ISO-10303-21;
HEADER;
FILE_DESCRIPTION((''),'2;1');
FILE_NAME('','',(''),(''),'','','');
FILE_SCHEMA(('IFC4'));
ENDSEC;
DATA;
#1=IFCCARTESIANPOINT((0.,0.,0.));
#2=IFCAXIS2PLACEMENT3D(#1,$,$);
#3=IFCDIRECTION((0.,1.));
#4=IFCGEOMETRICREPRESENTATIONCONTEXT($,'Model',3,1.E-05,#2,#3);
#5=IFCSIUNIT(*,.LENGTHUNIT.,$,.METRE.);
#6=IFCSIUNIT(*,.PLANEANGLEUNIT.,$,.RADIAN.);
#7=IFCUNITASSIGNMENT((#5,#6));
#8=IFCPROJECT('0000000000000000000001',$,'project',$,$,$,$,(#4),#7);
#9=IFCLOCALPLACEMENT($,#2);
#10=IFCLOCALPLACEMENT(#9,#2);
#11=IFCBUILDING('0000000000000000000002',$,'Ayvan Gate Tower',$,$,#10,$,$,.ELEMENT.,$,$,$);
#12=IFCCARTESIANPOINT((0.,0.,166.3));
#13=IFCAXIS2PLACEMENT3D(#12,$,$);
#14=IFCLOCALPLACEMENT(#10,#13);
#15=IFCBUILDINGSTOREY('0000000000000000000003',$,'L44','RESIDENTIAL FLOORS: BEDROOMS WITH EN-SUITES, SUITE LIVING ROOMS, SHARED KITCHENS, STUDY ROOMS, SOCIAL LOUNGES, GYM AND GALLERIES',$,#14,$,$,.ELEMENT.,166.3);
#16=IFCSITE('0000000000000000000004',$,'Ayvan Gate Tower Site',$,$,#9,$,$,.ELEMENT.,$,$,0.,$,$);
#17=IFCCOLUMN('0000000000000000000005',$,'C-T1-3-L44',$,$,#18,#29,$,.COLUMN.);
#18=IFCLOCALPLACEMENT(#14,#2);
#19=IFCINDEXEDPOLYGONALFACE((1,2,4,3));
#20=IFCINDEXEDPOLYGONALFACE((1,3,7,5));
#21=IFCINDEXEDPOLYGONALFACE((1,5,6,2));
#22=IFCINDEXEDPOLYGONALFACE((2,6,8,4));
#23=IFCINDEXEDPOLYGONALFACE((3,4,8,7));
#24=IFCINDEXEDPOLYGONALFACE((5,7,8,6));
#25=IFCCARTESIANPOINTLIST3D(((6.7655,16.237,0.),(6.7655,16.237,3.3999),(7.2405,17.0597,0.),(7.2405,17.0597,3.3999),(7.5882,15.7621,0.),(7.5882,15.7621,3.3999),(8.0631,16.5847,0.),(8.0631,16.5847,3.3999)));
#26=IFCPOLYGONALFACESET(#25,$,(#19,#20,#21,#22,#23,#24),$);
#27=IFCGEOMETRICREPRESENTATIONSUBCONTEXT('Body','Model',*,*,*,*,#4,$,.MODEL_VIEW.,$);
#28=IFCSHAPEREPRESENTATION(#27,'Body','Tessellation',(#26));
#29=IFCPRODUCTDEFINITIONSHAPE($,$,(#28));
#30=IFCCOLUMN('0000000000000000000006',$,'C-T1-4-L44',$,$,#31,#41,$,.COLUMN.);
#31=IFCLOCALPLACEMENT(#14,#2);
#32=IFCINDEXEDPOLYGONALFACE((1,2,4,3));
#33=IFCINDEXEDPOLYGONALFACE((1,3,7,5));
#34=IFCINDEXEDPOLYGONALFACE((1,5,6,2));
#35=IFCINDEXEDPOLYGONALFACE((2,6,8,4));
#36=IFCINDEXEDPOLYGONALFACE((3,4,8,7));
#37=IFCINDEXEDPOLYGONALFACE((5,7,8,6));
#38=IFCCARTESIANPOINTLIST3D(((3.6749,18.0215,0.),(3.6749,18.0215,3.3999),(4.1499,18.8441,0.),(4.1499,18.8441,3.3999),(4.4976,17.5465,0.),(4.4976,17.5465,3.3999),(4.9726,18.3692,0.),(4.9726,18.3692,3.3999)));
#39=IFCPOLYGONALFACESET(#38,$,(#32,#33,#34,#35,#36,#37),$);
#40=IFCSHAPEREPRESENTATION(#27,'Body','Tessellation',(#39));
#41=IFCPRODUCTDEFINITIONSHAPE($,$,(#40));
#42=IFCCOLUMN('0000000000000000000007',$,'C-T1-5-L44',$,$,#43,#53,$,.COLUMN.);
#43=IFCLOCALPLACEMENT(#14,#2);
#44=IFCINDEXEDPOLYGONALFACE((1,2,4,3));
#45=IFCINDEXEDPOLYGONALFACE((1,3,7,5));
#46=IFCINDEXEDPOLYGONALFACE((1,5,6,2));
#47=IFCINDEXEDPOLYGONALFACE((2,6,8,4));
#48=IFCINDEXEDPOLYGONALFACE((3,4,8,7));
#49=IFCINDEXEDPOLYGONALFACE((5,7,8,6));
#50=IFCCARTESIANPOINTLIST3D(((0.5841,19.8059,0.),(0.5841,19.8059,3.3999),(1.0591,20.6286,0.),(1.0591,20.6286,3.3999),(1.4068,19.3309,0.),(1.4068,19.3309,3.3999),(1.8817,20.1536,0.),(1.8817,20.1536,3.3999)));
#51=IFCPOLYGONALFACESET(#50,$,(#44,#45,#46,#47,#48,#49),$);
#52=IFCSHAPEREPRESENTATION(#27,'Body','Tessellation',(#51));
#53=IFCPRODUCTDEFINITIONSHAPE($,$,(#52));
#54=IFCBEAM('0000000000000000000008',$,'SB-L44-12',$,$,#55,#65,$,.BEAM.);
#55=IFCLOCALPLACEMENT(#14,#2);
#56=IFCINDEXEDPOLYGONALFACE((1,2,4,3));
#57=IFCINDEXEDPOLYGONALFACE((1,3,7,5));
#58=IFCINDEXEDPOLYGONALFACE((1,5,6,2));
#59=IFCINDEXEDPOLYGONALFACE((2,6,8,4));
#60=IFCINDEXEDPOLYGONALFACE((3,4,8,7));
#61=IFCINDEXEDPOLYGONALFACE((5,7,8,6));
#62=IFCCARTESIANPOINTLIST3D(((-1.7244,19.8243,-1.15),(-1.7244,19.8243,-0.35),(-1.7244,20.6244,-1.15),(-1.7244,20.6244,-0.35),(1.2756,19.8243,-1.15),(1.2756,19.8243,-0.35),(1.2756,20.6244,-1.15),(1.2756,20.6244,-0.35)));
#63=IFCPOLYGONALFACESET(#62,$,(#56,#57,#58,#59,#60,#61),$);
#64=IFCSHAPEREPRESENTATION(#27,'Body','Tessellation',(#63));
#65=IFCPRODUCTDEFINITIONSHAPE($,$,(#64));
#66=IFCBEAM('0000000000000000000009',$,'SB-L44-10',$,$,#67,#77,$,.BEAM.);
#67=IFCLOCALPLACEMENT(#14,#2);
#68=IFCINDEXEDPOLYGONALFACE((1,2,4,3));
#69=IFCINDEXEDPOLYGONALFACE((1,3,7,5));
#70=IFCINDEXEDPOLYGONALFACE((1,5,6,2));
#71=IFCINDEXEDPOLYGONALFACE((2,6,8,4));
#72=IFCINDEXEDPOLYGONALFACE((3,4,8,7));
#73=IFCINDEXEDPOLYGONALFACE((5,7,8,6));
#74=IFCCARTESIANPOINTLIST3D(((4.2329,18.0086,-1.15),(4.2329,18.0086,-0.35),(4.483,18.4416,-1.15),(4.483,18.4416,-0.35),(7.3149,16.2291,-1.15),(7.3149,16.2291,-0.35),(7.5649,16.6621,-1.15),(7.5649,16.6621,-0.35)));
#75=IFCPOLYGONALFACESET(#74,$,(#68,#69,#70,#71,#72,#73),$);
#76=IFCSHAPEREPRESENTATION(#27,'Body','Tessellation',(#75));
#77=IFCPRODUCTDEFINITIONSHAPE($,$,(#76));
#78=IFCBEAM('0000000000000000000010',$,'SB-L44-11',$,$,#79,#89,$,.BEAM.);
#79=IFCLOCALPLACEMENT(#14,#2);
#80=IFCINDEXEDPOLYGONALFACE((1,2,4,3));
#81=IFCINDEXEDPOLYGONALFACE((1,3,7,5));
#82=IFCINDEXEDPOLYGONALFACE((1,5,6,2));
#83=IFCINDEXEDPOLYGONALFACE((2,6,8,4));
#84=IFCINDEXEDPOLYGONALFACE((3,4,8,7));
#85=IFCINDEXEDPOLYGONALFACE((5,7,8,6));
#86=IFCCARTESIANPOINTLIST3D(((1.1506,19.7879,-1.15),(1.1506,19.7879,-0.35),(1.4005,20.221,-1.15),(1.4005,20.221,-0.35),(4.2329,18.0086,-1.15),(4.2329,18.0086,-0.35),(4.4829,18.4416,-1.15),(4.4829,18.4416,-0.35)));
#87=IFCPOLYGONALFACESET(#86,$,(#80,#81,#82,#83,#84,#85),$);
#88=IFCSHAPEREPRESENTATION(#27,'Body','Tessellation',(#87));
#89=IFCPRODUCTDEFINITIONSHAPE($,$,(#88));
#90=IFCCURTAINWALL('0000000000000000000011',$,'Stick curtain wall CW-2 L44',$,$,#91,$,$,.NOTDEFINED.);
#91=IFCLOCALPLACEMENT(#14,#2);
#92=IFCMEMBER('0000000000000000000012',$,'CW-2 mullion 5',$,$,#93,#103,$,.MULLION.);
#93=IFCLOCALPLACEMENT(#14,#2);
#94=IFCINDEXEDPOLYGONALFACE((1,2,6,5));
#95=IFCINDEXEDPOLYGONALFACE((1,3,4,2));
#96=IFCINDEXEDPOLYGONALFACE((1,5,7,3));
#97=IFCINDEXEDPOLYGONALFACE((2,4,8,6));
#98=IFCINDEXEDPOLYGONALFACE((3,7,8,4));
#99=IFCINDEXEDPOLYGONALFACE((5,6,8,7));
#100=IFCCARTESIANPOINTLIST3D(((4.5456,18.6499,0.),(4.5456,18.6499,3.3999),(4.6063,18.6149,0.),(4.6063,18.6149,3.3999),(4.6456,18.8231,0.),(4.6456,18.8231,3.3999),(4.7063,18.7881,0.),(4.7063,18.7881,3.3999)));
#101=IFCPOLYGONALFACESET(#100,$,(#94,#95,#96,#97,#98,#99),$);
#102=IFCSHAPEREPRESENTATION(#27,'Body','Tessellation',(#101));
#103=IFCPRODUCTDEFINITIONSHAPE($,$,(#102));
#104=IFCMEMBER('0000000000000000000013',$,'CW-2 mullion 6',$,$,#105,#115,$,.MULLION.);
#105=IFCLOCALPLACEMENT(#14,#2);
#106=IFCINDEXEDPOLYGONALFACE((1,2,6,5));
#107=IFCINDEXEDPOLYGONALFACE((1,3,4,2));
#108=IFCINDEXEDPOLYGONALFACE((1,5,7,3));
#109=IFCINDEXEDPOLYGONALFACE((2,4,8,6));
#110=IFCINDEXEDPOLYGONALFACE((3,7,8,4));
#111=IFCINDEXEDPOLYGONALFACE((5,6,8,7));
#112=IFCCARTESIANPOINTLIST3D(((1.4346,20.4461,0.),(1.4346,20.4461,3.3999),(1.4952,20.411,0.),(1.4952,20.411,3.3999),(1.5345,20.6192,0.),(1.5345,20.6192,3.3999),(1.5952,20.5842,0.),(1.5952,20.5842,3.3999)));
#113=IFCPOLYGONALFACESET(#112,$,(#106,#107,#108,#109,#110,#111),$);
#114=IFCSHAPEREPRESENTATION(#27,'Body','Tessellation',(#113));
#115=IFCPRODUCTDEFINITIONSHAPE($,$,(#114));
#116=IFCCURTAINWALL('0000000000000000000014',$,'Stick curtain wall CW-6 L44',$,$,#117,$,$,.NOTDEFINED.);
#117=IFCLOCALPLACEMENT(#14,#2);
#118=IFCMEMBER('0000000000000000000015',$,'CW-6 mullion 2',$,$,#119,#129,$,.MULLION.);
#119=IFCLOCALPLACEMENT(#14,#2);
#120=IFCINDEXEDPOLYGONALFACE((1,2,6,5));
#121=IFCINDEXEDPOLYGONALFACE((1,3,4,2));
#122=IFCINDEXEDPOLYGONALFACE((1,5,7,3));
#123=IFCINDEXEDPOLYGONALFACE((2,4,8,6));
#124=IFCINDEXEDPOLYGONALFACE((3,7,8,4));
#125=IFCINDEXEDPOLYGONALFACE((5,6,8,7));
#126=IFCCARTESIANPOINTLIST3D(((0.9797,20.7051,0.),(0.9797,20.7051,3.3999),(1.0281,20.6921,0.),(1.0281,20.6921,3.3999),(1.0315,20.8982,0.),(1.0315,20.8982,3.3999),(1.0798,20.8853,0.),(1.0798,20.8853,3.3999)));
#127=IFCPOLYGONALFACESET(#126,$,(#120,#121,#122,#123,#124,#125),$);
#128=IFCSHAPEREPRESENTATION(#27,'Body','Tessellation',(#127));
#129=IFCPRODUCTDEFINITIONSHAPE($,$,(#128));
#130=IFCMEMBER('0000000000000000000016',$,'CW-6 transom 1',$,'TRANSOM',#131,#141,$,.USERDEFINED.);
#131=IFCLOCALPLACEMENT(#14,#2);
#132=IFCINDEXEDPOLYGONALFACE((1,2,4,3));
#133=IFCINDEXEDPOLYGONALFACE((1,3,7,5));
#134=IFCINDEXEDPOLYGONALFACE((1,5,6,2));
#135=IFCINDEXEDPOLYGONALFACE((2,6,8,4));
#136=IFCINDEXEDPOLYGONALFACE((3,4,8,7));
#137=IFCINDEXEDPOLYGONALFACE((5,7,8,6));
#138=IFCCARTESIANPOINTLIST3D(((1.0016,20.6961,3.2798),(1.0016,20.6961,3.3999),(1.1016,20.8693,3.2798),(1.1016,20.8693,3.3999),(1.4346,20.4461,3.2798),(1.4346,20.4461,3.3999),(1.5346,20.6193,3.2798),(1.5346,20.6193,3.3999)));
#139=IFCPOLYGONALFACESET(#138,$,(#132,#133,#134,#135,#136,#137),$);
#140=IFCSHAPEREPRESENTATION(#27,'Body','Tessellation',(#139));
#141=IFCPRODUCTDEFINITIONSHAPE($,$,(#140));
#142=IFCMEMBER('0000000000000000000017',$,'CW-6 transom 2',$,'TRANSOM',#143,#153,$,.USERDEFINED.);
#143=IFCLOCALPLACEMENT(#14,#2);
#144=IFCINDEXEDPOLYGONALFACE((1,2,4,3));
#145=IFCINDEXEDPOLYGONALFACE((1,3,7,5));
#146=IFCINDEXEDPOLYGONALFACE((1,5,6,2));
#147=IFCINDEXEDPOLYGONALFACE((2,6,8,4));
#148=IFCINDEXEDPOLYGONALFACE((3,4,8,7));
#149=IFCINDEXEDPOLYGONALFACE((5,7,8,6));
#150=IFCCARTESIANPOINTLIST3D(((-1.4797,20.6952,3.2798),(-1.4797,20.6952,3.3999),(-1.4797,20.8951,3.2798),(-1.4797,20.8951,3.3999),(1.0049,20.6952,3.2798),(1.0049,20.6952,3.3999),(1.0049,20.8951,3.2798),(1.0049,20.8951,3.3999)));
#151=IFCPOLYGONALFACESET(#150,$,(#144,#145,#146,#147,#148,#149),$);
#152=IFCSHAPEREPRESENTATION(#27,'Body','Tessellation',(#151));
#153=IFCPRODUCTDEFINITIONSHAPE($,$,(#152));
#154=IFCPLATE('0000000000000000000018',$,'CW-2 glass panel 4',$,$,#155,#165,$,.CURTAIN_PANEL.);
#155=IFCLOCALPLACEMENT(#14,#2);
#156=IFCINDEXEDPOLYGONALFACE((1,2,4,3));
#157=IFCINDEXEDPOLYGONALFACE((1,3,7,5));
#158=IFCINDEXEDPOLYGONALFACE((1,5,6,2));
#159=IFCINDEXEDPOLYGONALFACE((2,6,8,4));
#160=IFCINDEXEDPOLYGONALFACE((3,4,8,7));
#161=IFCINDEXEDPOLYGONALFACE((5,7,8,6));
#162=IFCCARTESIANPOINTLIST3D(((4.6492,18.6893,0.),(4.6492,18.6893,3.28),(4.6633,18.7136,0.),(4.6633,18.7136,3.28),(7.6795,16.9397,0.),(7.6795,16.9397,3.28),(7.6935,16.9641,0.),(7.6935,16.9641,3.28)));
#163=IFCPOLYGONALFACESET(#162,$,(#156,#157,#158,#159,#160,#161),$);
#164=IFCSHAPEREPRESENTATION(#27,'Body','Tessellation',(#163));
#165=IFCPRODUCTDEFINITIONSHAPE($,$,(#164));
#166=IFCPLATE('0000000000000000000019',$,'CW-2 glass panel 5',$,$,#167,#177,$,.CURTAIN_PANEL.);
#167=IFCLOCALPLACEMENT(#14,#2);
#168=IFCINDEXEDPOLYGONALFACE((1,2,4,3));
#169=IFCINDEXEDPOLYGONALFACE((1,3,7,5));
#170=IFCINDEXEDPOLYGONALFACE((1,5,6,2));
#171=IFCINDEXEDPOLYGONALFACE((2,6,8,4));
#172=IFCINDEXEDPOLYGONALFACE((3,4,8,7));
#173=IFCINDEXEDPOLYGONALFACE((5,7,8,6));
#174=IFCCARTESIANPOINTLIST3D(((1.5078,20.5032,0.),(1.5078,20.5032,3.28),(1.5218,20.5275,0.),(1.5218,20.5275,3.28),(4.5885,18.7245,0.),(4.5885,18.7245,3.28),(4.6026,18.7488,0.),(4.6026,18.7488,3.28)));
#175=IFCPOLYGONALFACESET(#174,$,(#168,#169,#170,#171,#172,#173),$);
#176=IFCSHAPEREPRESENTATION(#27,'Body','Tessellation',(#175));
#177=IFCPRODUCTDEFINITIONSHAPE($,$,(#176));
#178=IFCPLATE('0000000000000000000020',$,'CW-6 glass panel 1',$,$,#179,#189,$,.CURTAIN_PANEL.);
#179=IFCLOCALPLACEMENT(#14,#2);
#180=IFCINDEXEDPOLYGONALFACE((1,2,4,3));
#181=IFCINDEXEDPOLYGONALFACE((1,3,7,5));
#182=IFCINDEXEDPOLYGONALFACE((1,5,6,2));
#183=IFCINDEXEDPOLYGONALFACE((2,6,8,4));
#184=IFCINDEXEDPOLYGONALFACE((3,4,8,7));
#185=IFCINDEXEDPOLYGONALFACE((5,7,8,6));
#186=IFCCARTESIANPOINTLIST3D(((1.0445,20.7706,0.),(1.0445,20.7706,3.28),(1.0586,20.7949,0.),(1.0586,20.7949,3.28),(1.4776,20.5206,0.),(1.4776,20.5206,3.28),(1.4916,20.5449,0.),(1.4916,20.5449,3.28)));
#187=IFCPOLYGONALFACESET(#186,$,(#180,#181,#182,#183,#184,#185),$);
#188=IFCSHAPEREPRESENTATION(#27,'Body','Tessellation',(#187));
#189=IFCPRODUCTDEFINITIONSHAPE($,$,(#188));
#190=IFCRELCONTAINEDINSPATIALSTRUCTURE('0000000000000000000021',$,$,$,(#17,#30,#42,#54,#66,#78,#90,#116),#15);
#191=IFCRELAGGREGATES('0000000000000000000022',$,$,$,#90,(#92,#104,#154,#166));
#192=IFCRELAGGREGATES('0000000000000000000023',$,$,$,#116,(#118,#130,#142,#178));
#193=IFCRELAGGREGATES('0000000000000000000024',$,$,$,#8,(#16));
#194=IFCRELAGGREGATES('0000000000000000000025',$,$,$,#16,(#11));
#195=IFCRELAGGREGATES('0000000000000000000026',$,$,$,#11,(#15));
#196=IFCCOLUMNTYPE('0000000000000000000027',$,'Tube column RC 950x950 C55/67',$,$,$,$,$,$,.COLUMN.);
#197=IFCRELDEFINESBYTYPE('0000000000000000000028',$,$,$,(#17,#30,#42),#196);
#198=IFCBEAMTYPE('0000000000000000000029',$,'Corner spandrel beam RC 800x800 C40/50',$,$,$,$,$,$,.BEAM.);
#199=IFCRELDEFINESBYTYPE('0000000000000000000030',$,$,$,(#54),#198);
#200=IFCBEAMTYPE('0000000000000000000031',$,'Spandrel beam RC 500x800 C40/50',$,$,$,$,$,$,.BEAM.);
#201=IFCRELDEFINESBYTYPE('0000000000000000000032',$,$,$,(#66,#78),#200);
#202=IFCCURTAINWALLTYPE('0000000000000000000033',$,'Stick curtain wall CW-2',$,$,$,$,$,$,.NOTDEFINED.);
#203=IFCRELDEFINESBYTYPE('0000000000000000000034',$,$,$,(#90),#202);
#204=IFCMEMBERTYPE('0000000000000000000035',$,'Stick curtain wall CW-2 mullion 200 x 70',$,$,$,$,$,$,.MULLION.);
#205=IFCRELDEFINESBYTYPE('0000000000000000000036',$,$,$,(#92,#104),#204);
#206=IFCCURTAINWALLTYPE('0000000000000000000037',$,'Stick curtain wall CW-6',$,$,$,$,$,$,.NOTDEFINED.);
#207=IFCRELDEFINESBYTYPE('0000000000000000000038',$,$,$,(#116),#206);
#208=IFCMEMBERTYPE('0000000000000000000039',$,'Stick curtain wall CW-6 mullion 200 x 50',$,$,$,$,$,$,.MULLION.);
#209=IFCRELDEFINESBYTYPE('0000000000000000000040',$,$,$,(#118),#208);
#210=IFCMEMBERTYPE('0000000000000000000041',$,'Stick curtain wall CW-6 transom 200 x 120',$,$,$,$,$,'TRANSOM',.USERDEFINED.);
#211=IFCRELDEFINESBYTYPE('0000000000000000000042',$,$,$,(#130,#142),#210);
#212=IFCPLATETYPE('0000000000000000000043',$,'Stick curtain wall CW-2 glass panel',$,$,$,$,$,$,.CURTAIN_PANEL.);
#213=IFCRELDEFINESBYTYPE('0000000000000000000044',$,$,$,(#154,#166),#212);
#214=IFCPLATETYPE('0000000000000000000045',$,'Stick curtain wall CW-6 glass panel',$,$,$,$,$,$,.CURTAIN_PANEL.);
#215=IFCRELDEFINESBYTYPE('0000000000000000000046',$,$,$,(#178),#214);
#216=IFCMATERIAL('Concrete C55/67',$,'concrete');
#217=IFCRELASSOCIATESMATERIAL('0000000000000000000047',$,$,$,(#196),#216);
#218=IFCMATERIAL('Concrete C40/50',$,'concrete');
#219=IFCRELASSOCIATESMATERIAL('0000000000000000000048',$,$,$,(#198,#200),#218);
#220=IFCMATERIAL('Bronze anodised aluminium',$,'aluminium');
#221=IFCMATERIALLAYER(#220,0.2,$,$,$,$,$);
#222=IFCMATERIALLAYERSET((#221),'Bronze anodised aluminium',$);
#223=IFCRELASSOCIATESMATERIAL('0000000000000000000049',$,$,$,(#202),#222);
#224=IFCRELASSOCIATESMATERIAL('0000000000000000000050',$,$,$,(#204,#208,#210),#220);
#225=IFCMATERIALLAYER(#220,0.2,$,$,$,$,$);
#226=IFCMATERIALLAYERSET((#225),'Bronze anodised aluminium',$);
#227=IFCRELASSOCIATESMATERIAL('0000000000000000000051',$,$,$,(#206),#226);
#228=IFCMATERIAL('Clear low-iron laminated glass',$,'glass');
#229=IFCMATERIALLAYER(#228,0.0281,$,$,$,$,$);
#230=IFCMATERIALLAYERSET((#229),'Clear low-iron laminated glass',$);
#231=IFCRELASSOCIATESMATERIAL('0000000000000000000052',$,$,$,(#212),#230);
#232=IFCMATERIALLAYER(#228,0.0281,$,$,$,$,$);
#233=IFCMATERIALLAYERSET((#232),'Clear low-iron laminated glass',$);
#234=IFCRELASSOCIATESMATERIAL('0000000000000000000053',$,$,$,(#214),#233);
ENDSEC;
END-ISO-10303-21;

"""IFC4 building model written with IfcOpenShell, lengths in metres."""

from ifc_helpers import new_model, si_unit, direction, frame, origin, origin_2d, place, context, subcontext, project, spatial, rectangle, extrude, material, layer, layer_set, material_profile, profile_set, type_object, element, aggregate, save


model = new_model("IFC4")

# Units and contexts
model_context = context("Model", 3, precision=1e-05, world=origin(), true_north=direction((0.0, 1.0)))
body_context = subcontext(model_context, "Body", "Model", "MODEL_VIEW")
ifc_project = project(units=[si_unit("LENGTHUNIT", "METRE"), si_unit("PLANEANGLEUNIT", "RADIAN")], contexts=[model_context])

# Site, building, storey
site_placement = place(None, origin())
site = spatial("IfcSite", under=ifc_project, at=site_placement, Name="Ayvan Gate Tower Site", CompositionType="ELEMENT", RefElevation=0.0)
building_placement = place(site_placement, origin())
building = spatial("IfcBuilding", under=site, at=building_placement, Name="Ayvan Gate Tower", CompositionType="ELEMENT")
storey_placement = place(building_placement, frame((0.0, 0.0, 166.3)))
storey = spatial("IfcBuildingStorey", under=building, at=storey_placement, Name="L44", Description="RESIDENTIAL FLOORS: BEDROOMS WITH EN-SUITES, SUITE LIVING ROOMS, SHARED KITCHENS, STUDY ROOMS, SOCIAL LOUNGES, GYM AND GALLERIES", CompositionType="ELEMENT", Elevation=166.3)

# Columns
ifc_material_1 = material(Name="Concrete C55/67", Category="concrete")
ifc_material_profile_1 = material_profile(ifc_material_1, rectangle(XDim=0.95, YDim=0.95, at=origin_2d()), Name="RC 950x950")
ifc_profile_set_1 = profile_set([ifc_material_profile_1], Name="Concrete C55/67")
column_type = type_object("IfcColumnType", Name="Tube column RC 950x950 C55/67", PredefinedType="COLUMN", material=ifc_profile_set_1)
for number, where, z_axis, x_axis, name in (
    (1, (7.4143, 16.4109, 0.0), (0.0, 0.0, 1.0), (0.5, 0.866025, 0.0), "C-T1-3-L44"),
    (2, (4.3237, 18.1953, 0.0), (0.0, 0.0, 1.0), (0.5, 0.866025, 0.0), "C-T1-4-L44"),
    (3, (1.2329, 19.9797, 0.0), (0.0, 0.0, 1.0), (0.5, 0.866025, 0.0), "C-T1-5-L44"),
):
    element("IfcColumn", number, at=place(storey_placement, frame(where, z_axis=z_axis, x_axis=x_axis)), inside=storey, type_object=column_type, Name=name, PredefinedType="COLUMN", context=body_context, shape_type="SweptSolid", body=[
        extrude(rectangle(XDim=0.95, YDim=0.95, at=origin_2d()), origin(), (0.0, 0.0, 1.0), 3.3999),
    ])

# Beams
ifc_material_2 = material(Name="Concrete C40/50", Category="concrete")
ifc_material_profile_2 = material_profile(ifc_material_2, rectangle(XDim=0.8, YDim=0.8, at=origin_2d()), Name="RC 800x800")
ifc_profile_set_2 = profile_set([ifc_material_profile_2], Name="Concrete C40/50")
beam_type_1 = type_object("IfcBeamType", Name="Corner spandrel beam RC 800x800 C40/50", PredefinedType="BEAM", material=ifc_profile_set_2)
beam_1_placement = place(storey_placement, frame((1.2756, 20.2244, -0.75), z_axis=(-1.0, 0.0, 0.0), x_axis=(0.0, -1.0, 0.0)))
element("IfcBeam", 4, at=beam_1_placement, inside=storey, type_object=beam_type_1, Name="SB-L44-12", PredefinedType="BEAM", context=body_context, shape_type="SweptSolid", body=[
    extrude(rectangle(XDim=0.8, YDim=0.8, at=origin_2d()), origin(), (0.0, 0.0, 1.0), 3.0),
])
ifc_material_profile_3 = material_profile(ifc_material_2, rectangle(XDim=0.5, YDim=0.8, at=origin_2d()), Name="RC 500x800")
ifc_profile_set_3 = profile_set([ifc_material_profile_3], Name="Concrete C40/50")
beam_type_2 = type_object("IfcBeamType", Name="Spandrel beam RC 500x800 C40/50", PredefinedType="BEAM", material=ifc_profile_set_3)
beam_2_placement = place(storey_placement, frame((7.4399, 16.4456, -0.75), z_axis=(-0.86601, 0.500027, 0.0), x_axis=(-0.500027, -0.86601, 0.0)))
element("IfcBeam", 5, at=beam_2_placement, inside=storey, type_object=beam_type_2, Name="SB-L44-10", PredefinedType="BEAM", context=body_context, shape_type="SweptSolid", body=[
    extrude(rectangle(XDim=0.5, YDim=0.8, at=origin_2d()), origin(), (0.0, 0.0, 1.0), 3.5588),
])
beam_3_placement = place(storey_placement, frame((4.3579, 18.2251, -0.75), z_axis=(-0.866057, 0.499946, 0.0), x_axis=(-0.499946, -0.866057, 0.0)))
element("IfcBeam", 6, at=beam_3_placement, inside=storey, type_object=beam_type_2, Name="SB-L44-11", PredefinedType="BEAM", context=body_context, shape_type="SweptSolid", body=[
    extrude(rectangle(XDim=0.5, YDim=0.8, at=origin_2d()), origin(), (0.0, 0.0, 1.0), 3.5591),
])

# Curtain walls, members
ifc_material_3 = material(Name="Bronze anodised aluminium", Category="aluminium")
ifc_layer_1 = layer(ifc_material_3, 0.2)
ifc_layer_set_1 = layer_set([ifc_layer_1], Name="Bronze anodised aluminium")
curtain_wall_type_1 = type_object("IfcCurtainWallType", Name="Stick curtain wall CW-2", PredefinedType="NOTDEFINED", material=ifc_layer_set_1)
curtain_wall_1_placement = place(storey_placement, origin())
curtain_wall_1 = element("IfcCurtainWall", 7, at=curtain_wall_1_placement, inside=storey, type_object=curtain_wall_type_1, Name="Stick curtain wall CW-2 L44", PredefinedType="NOTDEFINED")
ifc_material_profile_4 = material_profile(ifc_material_3, rectangle(XDim=0.2, YDim=0.0701, at=origin_2d()), Name="Stick curtain wall CW-2 mullion 200 x 70")
ifc_profile_set_4 = profile_set([ifc_material_profile_4], Name="Bronze anodised aluminium")
member_type_1 = type_object("IfcMemberType", Name="Stick curtain wall CW-2 mullion 200 x 70", PredefinedType="MULLION", material=ifc_profile_set_4)
member_1_placement = place(storey_placement, frame((4.626, 18.719, 0.0), z_axis=(0.0, 0.0, 1.0), x_axis=(0.5, 0.866025, 0.0)))
member_1 = element("IfcMember", 8, at=member_1_placement, type_object=member_type_1, Name="CW-2 mullion 5", PredefinedType="MULLION", context=body_context, shape_type="SweptSolid", body=[
    extrude(rectangle(XDim=0.2, YDim=0.0701, at=origin_2d()), origin(), (0.0, 0.0, 1.0), 3.3999),
])
member_2_placement = place(storey_placement, frame((1.5149, 20.5151, 0.0), z_axis=(0.0, 0.0, 1.0), x_axis=(0.5, 0.866025, 0.0)))
member_2 = element("IfcMember", 9, at=member_2_placement, type_object=member_type_1, Name="CW-2 mullion 6", PredefinedType="MULLION", context=body_context, shape_type="SweptSolid", body=[
    extrude(rectangle(XDim=0.2, YDim=0.0701, at=origin_2d()), origin(), (0.0, 0.0, 1.0), 3.3999),
])
ifc_layer_2 = layer(ifc_material_3, 0.2)
ifc_layer_set_2 = layer_set([ifc_layer_2], Name="Bronze anodised aluminium")
curtain_wall_type_2 = type_object("IfcCurtainWallType", Name="Stick curtain wall CW-6", PredefinedType="NOTDEFINED", material=ifc_layer_set_2)
curtain_wall_2_placement = place(storey_placement, origin())
curtain_wall_2 = element("IfcCurtainWall", 10, at=curtain_wall_2_placement, inside=storey, type_object=curtain_wall_type_2, Name="Stick curtain wall CW-6 L44", PredefinedType="NOTDEFINED")
ifc_material_profile_5 = material_profile(ifc_material_3, rectangle(XDim=0.2, YDim=0.05, at=origin_2d()), Name="Stick curtain wall CW-6 mullion 200 x 50")
ifc_profile_set_5 = profile_set([ifc_material_profile_5], Name="Bronze anodised aluminium")
member_type_2 = type_object("IfcMemberType", Name="Stick curtain wall CW-6 mullion 200 x 50", PredefinedType="MULLION", material=ifc_profile_set_5)
member_3_placement = place(storey_placement, frame((1.0298, 20.7952, 0.0), z_axis=(0.0, 0.0, 1.0), x_axis=(0.258819, 0.965926, 0.0)))
member_3 = element("IfcMember", 11, at=member_3_placement, type_object=member_type_2, Name="CW-6 mullion 2", PredefinedType="MULLION", context=body_context, shape_type="SweptSolid", body=[
    extrude(rectangle(XDim=0.2, YDim=0.05, at=origin_2d()), origin(), (0.0, 0.0, 1.0), 3.3999),
])
ifc_material_profile_6 = material_profile(ifc_material_3, rectangle(XDim=0.2, YDim=0.1201, at=origin_2d()), Name="Stick curtain wall CW-6 transom 200 x 120")
ifc_profile_set_6 = profile_set([ifc_material_profile_6], Name="Bronze anodised aluminium")
member_type_3 = type_object("IfcMemberType", Name="Stick curtain wall CW-6 transom 200 x 120", ElementType="TRANSOM", PredefinedType="USERDEFINED", material=ifc_profile_set_6)
member_4_placement = place(storey_placement, frame((1.4846, 20.5327, 3.3398), z_axis=(-0.866072, 0.49992, 0.0), x_axis=(-0.49992, -0.866072, 0.0)))
member_4 = element("IfcMember", 12, at=member_4_placement, type_object=member_type_3, Name="CW-6 transom 1", ObjectType="TRANSOM", PredefinedType="USERDEFINED", context=body_context, shape_type="SweptSolid", body=[
    extrude(rectangle(XDim=0.2, YDim=0.1201, at=origin_2d()), origin(), (0.0, 0.0, 1.0), 0.5),
])
member_5_placement = place(storey_placement, frame((1.0049, 20.7952, 3.3398), z_axis=(-1.0, 0.0, 0.0), x_axis=(0.0, -1.0, 0.0)))
member_5 = element("IfcMember", 13, at=member_5_placement, type_object=member_type_3, Name="CW-6 transom 2", ObjectType="TRANSOM", PredefinedType="USERDEFINED", context=body_context, shape_type="SweptSolid", body=[
    extrude(rectangle(XDim=0.2, YDim=0.1201, at=origin_2d()), origin(), (0.0, 0.0, 1.0), 2.4846),
])

# Plates
ifc_material_4 = material(Name="Clear low-iron laminated glass", Category="glass")
ifc_layer_3 = layer(ifc_material_4, 0.0281)
ifc_layer_set_3 = layer_set([ifc_layer_3], Name="Clear low-iron laminated glass")
plate_type_1 = type_object("IfcPlateType", Name="Stick curtain wall CW-2 glass panel", PredefinedType="CURTAIN_PANEL", material=ifc_layer_set_3)
plate_1_placement = place(storey_placement, frame((6.1714, 17.8267, 0.0), z_axis=(0.0, 0.0, 1.0), x_axis=(-0.866025, 0.5, 0.0)))
plate_1 = element("IfcPlate", 14, at=plate_1_placement, type_object=plate_type_1, Name="CW-2 glass panel 4", PredefinedType="CURTAIN_PANEL", context=body_context, shape_type="SweptSolid", body=[
    extrude(rectangle(XDim=3.499, YDim=0.0281, at=origin_2d()), origin(), (0.0, 0.0, 1.0), 3.28),
])
plate_2_placement = place(storey_placement, frame((3.0552, 19.626, 0.0), z_axis=(0.0, 0.0, 1.0), x_axis=(-0.866025, 0.5, 0.0)))
plate_2 = element("IfcPlate", 15, at=plate_2_placement, type_object=plate_type_1, Name="CW-2 glass panel 5", PredefinedType="CURTAIN_PANEL", context=body_context, shape_type="SweptSolid", body=[
    extrude(rectangle(XDim=3.5574, YDim=0.0281, at=origin_2d()), origin(), (0.0, 0.0, 1.0), 3.28),
])
aggregate(curtain_wall_1, [member_1, member_2, plate_1, plate_2])
ifc_layer_4 = layer(ifc_material_4, 0.0281)
ifc_layer_set_4 = layer_set([ifc_layer_4], Name="Clear low-iron laminated glass")
plate_type_2 = type_object("IfcPlateType", Name="Stick curtain wall CW-6 glass panel", PredefinedType="CURTAIN_PANEL", material=ifc_layer_set_4)
plate_3_placement = place(storey_placement, frame((1.2681, 20.6577, 0.0), z_axis=(0.0, 0.0, 1.0), x_axis=(-0.866025, 0.5, 0.0)))
plate_3 = element("IfcPlate", 16, at=plate_3_placement, type_object=plate_type_2, Name="CW-6 glass panel 1", PredefinedType="CURTAIN_PANEL", context=body_context, shape_type="SweptSolid", body=[
    extrude(rectangle(XDim=0.5, YDim=0.0281, at=origin_2d()), origin(), (0.0, 0.0, 1.0), 3.28),
])
aggregate(curtain_wall_2, [member_3, member_4, member_5, plate_3])

save(model, "model.ifc")
